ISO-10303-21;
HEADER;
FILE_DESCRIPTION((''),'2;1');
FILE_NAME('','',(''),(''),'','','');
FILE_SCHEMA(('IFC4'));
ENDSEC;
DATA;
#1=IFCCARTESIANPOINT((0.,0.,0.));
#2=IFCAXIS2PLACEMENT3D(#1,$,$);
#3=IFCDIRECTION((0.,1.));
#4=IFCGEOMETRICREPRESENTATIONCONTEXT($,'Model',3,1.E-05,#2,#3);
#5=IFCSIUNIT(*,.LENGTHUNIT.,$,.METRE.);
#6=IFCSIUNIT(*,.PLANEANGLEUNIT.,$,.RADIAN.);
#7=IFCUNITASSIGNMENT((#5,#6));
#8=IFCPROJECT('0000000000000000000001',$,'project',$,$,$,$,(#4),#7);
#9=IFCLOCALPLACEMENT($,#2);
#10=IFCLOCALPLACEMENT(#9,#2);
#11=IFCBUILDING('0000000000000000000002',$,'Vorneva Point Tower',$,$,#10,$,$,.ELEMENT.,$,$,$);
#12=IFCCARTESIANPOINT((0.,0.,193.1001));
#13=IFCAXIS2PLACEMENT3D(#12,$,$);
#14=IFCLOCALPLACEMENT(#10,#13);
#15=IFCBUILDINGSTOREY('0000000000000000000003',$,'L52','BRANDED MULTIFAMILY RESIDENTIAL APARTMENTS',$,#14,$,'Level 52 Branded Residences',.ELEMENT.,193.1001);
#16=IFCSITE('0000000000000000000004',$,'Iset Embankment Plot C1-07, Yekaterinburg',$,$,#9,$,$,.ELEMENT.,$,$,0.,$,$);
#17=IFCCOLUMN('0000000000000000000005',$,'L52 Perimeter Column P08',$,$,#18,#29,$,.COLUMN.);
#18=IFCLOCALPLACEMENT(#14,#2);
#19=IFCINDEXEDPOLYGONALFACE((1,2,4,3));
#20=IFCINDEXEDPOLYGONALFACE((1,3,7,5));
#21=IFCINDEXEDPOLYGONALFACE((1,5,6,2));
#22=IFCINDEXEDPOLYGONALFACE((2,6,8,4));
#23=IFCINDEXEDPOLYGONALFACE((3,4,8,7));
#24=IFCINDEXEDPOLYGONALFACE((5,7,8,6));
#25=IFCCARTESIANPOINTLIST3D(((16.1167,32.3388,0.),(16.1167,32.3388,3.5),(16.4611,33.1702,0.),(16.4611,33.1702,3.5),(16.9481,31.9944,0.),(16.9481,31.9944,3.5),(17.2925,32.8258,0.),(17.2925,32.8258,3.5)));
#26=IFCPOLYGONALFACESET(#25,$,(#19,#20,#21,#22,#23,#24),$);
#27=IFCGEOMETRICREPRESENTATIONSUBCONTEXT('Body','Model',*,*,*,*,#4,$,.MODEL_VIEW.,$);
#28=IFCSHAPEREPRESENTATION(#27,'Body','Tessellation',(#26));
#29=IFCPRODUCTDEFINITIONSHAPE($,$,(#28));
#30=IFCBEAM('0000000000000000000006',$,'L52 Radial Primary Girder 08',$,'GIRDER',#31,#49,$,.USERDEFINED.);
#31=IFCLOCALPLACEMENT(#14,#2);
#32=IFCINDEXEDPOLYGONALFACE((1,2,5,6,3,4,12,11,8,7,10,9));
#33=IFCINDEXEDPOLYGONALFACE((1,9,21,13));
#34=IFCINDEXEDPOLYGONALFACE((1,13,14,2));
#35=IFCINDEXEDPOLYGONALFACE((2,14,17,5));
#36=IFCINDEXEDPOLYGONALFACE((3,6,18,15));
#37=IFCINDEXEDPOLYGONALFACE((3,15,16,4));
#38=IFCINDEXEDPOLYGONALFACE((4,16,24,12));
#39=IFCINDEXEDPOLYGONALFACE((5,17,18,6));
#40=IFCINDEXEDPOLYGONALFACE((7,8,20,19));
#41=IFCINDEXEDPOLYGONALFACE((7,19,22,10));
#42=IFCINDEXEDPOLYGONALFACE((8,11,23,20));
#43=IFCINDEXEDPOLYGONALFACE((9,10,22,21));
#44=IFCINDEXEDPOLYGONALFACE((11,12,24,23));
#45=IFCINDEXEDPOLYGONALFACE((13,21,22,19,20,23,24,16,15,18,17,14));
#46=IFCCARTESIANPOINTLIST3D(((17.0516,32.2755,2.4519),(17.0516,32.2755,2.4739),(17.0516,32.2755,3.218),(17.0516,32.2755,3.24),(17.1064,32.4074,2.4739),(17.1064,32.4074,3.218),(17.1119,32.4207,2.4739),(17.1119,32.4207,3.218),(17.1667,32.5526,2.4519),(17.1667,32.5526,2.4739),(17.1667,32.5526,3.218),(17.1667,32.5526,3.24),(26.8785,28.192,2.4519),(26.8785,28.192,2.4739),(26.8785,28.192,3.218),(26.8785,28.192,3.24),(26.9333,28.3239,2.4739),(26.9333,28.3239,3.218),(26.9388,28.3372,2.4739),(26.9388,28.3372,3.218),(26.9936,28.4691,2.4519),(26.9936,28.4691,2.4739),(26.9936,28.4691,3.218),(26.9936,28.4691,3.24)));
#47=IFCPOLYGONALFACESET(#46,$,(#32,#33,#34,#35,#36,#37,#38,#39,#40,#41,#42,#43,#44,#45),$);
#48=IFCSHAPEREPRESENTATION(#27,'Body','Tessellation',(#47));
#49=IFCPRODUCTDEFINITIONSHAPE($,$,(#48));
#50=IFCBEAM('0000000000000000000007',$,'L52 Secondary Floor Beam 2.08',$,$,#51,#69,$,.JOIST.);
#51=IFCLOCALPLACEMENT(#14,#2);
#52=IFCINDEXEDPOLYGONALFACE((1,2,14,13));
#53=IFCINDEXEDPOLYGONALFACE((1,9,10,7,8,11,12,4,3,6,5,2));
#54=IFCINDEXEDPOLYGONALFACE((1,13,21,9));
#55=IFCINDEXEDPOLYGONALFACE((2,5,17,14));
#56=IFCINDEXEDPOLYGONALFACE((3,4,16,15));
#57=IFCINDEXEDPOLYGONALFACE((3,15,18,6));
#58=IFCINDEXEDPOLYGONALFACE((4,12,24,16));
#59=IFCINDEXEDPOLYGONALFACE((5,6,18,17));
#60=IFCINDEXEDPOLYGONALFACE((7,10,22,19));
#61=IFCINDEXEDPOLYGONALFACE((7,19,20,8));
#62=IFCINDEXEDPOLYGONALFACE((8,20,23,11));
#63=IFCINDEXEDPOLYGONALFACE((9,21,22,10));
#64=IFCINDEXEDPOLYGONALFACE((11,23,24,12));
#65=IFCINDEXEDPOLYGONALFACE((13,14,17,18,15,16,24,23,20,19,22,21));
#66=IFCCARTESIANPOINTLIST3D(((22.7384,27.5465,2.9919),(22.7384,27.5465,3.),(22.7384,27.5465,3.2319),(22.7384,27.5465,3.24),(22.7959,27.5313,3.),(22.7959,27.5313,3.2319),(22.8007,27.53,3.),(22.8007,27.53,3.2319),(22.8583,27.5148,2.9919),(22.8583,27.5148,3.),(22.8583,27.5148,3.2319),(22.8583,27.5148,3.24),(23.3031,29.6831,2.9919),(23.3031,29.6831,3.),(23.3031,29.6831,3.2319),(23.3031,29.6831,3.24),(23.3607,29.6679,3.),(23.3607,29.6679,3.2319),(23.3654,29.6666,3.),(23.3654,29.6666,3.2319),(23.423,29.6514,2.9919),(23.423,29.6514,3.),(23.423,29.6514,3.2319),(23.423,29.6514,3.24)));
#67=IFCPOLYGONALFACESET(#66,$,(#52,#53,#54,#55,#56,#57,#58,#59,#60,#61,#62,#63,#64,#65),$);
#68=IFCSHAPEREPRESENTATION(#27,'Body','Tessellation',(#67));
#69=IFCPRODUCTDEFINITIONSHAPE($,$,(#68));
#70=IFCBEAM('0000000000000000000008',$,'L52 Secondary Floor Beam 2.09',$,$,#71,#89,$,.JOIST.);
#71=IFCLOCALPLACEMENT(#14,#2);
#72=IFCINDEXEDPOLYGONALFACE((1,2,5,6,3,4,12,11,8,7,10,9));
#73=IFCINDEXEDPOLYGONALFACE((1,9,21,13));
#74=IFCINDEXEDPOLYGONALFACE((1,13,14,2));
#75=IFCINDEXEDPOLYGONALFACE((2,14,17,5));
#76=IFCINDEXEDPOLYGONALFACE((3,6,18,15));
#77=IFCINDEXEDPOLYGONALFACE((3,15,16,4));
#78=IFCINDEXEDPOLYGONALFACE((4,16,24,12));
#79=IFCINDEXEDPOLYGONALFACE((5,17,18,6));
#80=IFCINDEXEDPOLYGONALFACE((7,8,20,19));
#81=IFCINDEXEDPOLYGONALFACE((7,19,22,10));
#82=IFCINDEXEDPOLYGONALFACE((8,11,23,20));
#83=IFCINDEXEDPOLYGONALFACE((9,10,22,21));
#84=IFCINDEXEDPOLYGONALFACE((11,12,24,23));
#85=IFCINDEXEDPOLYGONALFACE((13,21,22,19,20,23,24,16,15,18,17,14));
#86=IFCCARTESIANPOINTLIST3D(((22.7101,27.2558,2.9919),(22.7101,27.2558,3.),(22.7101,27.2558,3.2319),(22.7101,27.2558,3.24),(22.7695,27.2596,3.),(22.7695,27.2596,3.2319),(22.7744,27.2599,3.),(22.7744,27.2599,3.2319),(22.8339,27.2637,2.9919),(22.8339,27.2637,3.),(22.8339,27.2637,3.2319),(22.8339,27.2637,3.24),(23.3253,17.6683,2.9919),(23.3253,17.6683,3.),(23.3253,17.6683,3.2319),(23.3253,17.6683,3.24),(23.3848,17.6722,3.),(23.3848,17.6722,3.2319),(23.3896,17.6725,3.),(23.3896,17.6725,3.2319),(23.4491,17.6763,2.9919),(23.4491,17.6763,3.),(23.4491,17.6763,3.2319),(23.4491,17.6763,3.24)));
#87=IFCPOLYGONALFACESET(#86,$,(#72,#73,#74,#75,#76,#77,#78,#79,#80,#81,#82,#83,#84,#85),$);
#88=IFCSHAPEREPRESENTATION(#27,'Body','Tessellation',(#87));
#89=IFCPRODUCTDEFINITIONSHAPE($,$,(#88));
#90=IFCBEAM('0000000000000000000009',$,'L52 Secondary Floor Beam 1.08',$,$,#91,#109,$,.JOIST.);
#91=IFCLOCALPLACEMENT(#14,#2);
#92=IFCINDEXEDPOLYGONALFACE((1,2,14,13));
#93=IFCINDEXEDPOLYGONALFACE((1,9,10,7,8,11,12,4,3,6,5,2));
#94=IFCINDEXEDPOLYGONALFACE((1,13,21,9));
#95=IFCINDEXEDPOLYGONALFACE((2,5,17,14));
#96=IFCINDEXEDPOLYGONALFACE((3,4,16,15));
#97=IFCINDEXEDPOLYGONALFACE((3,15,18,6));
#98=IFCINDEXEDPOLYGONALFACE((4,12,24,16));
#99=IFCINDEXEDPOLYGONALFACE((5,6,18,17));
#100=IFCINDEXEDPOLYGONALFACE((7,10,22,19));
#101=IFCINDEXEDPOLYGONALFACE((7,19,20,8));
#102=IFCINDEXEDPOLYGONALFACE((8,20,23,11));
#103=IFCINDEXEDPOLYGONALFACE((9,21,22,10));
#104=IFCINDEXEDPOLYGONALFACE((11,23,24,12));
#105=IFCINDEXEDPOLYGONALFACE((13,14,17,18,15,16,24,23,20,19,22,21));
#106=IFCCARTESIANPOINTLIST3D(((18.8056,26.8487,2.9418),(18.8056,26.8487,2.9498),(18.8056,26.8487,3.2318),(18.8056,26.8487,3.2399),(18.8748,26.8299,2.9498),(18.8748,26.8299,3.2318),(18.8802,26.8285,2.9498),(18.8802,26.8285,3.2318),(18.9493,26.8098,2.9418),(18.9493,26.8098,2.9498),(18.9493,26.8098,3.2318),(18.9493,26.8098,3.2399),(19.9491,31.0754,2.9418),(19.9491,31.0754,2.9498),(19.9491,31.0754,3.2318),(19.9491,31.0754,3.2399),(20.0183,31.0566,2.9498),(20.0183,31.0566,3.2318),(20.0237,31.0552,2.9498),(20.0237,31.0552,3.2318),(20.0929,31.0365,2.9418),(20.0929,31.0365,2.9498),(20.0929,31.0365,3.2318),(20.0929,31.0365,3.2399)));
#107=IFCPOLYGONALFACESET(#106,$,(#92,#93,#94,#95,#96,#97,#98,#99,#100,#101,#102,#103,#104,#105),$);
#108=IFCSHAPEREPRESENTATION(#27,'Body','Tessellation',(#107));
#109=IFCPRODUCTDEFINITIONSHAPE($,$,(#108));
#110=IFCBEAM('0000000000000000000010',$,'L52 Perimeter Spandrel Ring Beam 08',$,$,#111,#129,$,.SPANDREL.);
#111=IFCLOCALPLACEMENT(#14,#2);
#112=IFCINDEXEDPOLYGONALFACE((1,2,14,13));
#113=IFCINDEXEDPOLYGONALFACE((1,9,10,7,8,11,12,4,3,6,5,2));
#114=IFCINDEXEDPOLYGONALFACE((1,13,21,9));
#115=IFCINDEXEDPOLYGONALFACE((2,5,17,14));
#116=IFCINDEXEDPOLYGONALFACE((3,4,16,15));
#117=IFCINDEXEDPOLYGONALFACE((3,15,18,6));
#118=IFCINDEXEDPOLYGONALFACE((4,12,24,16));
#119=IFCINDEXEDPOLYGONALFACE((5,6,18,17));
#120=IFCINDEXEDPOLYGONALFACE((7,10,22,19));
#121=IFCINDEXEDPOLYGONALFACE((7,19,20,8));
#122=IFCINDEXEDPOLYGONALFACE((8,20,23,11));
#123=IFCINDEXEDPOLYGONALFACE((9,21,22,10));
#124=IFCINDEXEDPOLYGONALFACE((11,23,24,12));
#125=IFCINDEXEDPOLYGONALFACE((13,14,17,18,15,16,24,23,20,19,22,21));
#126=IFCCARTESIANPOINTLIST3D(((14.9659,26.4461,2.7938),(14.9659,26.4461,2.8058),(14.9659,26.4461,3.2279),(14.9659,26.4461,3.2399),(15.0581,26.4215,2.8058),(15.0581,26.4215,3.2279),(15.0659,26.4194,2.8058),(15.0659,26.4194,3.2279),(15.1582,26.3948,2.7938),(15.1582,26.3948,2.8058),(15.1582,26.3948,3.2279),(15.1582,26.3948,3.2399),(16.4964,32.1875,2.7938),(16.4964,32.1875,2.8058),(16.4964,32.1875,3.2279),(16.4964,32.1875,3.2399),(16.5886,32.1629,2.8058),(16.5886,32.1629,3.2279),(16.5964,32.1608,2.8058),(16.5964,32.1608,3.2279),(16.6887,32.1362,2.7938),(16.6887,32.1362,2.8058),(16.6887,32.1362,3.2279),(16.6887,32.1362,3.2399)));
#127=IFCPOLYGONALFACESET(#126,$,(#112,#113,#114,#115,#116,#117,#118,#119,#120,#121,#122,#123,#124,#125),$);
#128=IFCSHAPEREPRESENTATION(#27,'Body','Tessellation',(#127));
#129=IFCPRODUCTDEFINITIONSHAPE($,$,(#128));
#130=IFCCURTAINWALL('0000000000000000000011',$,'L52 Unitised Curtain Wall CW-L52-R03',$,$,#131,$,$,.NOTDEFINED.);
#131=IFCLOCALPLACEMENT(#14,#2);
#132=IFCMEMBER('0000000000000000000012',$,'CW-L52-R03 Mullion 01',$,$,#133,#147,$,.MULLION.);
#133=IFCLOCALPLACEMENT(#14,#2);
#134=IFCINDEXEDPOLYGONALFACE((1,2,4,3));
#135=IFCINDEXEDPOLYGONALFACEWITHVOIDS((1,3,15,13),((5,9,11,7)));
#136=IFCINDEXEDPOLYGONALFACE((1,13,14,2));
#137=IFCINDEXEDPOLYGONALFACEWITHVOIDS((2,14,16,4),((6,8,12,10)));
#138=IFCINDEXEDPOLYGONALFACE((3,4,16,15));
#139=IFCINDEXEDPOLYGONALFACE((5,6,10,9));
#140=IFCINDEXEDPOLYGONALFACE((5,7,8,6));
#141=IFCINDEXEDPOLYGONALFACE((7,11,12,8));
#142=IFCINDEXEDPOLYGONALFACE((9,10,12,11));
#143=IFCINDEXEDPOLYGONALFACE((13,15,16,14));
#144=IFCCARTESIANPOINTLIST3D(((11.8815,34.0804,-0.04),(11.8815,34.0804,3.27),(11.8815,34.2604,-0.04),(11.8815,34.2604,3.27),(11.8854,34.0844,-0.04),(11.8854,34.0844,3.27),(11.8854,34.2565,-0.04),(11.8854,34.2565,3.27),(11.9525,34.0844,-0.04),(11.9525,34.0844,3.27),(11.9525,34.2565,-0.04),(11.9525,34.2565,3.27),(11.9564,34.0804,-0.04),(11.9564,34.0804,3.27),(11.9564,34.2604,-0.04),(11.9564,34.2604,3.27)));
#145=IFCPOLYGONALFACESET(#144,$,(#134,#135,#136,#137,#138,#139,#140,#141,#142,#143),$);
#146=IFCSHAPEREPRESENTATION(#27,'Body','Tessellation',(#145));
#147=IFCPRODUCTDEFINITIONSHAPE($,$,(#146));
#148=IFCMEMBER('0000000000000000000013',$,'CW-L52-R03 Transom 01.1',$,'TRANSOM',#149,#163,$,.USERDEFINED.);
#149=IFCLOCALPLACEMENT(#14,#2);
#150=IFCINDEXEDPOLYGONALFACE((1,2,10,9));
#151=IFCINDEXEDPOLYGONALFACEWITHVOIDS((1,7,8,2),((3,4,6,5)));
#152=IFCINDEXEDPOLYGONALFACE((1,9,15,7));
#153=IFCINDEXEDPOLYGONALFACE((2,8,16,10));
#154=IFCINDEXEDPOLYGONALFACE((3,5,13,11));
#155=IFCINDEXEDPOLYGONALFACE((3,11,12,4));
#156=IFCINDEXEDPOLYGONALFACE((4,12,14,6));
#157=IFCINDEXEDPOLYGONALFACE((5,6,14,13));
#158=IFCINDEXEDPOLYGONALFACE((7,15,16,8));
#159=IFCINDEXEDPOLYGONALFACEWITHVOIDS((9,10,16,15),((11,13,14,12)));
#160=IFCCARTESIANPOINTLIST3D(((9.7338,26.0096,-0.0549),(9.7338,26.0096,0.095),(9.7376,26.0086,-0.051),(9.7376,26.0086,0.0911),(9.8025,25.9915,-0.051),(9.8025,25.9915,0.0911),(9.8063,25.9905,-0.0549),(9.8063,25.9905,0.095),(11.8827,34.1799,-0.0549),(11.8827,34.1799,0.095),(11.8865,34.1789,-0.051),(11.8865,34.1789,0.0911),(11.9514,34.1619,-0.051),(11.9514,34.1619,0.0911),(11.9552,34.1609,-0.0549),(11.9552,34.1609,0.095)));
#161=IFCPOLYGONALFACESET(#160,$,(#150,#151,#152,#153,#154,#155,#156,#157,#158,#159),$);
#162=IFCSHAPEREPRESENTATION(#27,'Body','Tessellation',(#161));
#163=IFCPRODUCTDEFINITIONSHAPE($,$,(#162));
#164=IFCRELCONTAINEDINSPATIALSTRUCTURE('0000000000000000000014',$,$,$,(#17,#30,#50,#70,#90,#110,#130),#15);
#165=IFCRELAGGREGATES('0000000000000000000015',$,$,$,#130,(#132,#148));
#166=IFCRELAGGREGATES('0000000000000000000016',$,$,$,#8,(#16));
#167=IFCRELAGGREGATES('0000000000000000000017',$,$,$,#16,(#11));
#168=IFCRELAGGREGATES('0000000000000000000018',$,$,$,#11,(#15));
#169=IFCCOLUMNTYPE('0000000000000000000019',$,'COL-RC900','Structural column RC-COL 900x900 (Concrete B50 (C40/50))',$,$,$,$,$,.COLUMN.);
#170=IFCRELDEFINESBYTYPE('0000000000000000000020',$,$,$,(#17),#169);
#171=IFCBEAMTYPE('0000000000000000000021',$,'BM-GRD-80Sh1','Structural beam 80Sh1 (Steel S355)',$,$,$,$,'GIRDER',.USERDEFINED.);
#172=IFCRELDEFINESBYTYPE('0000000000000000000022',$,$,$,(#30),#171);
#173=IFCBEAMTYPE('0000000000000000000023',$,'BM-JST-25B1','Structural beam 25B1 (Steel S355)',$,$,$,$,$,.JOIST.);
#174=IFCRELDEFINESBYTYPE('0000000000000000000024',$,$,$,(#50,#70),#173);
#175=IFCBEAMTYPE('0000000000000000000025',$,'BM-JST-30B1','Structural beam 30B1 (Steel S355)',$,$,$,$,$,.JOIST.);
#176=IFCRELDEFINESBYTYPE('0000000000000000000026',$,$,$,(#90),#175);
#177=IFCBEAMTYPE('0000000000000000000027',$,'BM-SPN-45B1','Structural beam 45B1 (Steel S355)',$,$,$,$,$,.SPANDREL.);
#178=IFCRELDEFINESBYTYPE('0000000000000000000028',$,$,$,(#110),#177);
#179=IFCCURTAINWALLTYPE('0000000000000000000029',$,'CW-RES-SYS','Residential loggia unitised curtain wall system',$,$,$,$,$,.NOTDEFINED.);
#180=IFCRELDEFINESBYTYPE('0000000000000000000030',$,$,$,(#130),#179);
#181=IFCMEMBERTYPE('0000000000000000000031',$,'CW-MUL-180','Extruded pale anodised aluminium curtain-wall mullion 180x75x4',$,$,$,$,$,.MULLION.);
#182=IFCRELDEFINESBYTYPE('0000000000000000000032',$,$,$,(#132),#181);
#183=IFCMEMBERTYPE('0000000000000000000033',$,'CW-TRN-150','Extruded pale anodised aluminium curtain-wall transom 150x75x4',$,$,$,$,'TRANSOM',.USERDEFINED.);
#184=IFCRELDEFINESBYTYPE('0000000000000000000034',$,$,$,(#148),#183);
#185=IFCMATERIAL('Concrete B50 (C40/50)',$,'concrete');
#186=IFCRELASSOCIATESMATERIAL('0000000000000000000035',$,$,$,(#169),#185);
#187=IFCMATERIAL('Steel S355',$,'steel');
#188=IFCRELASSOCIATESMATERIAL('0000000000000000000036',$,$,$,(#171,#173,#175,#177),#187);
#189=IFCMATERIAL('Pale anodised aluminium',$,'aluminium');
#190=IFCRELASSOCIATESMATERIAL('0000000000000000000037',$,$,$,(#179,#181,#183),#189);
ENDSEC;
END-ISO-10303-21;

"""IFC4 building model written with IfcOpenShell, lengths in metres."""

from ifc_helpers import new_model, si_unit, direction, frame, origin, origin_2d, place, context, subcontext, project, spatial, rectangle, hollow_rectangle, i_section, extrude, material, material_profile, profile_set, type_object, element, aggregate, save


model = new_model("IFC4")

# Units and contexts
model_context = context("Model", 3, precision=1e-05, world=origin(), true_north=direction((0.0, 1.0)))
body_context = subcontext(model_context, "Body", "Model", "MODEL_VIEW")
ifc_project = project(units=[si_unit("LENGTHUNIT", "METRE"), si_unit("PLANEANGLEUNIT", "RADIAN")], contexts=[model_context])

# Site, building, storey
site_placement = place(None, origin())
site = spatial("IfcSite", under=ifc_project, at=site_placement, Name="Iset Embankment Plot C1-07, Yekaterinburg", CompositionType="ELEMENT", RefElevation=0.0)
building_placement = place(site_placement, origin())
building = spatial("IfcBuilding", under=site, at=building_placement, Name="Vorneva Point Tower", CompositionType="ELEMENT")
storey_placement = place(building_placement, frame((0.0, 0.0, 193.1001)))
storey = spatial("IfcBuildingStorey", under=building, at=storey_placement, Name="L52", Description="BRANDED MULTIFAMILY RESIDENTIAL APARTMENTS", LongName="Level 52 Branded Residences", CompositionType="ELEMENT", Elevation=193.1001)

# Column
ifc_material_1 = material(Name="Concrete B50 (C40/50)", Category="concrete")
ifc_material_profile_1 = material_profile(ifc_material_1, rectangle(XDim=0.8999, YDim=0.8999, at=origin_2d()), Name="RC-COL 900x900")
ifc_profile_set_1 = profile_set([ifc_material_profile_1], Name="Concrete B50 (C40/50)")
column_type = type_object("IfcColumnType", Name="COL-RC900", Description="Structural column RC-COL 900x900 (Concrete B50 (C40/50))", PredefinedType="COLUMN", material=ifc_profile_set_1)
column_placement = place(storey_placement, frame((16.7046, 32.5823, 0.0), z_axis=(0.0, 0.0, 1.0), x_axis=(-0.92388, 0.382683, 0.0)))
element("IfcColumn", 1, at=column_placement, inside=storey, type_object=column_type, Name="L52 Perimeter Column P08", PredefinedType="COLUMN", context=body_context, shape_type="SweptSolid", body=[
    extrude(rectangle(XDim=0.8999, YDim=0.8999, at=origin_2d()), origin(), (0.0, 0.0, 1.0), 3.5),
])

# Beams
ifc_material_2 = material(Name="Steel S355", Category="steel")
ifc_material_profile_2 = material_profile(ifc_material_2, i_section(OverallWidth=0.3, OverallDepth=0.7881, WebThickness=0.0144, FlangeThickness=0.022, at=origin_2d()), Name="80Sh1")
ifc_profile_set_2 = profile_set([ifc_material_profile_2], Name="Steel S355")
beam_type_1 = type_object("IfcBeamType", Name="BM-GRD-80Sh1", Description="Structural beam 80Sh1 (Steel S355)", ElementType="GIRDER", PredefinedType="USERDEFINED", material=ifc_profile_set_2)
beam_1_placement = place(storey_placement, frame((17.1091, 32.4141, 2.8459), z_axis=(0.923445, -0.383731, 0.0), x_axis=(0.383731, 0.923445, 0.0)))
element("IfcBeam", 2, at=beam_1_placement, inside=storey, type_object=beam_type_1, Name="L52 Radial Primary Girder 08", ObjectType="GIRDER", PredefinedType="USERDEFINED", context=body_context, shape_type="SweptSolid", body=[
    extrude(i_section(OverallWidth=0.3, OverallDepth=0.7881, WebThickness=0.0144, FlangeThickness=0.022, at=origin_2d()), origin(), (0.0, 0.0, 1.0), 10.6416),
])
ifc_material_profile_3 = material_profile(ifc_material_2, i_section(OverallWidth=0.124, OverallDepth=0.248, WebThickness=0.0049, FlangeThickness=0.0081, at=origin_2d()), Name="25B1")
ifc_profile_set_3 = profile_set([ifc_material_profile_3], Name="Steel S355")
beam_type_2 = type_object("IfcBeamType", Name="BM-JST-25B1", Description="Structural beam 25B1 (Steel S355)", PredefinedType="JOIST", material=ifc_profile_set_3)
beam_2_placement = place(storey_placement, frame((23.363, 29.6672, 3.116), z_axis=(-0.255537, -0.966799, 0.0), x_axis=(0.966799, -0.255537, 0.0)))
element("IfcBeam", 3, at=beam_2_placement, inside=storey, type_object=beam_type_2, Name="L52 Secondary Floor Beam 2.08", PredefinedType="JOIST", context=body_context, shape_type="SweptSolid", body=[
    extrude(i_section(OverallWidth=0.124, OverallDepth=0.248, WebThickness=0.0049, FlangeThickness=0.0081, at=origin_2d()), origin(), (0.0, 0.0, 1.0), 2.21),
])
beam_3_placement = place(storey_placement, frame((22.772, 27.2598, 3.116), z_axis=(0.064039, -0.997947, 0.0), x_axis=(0.997947, 0.064039, 0.0)))
element("IfcBeam", 4, at=beam_3_placement, inside=storey, type_object=beam_type_2, Name="L52 Secondary Floor Beam 2.09", PredefinedType="JOIST", context=body_context, shape_type="SweptSolid", body=[
    extrude(i_section(OverallWidth=0.124, OverallDepth=0.248, WebThickness=0.0049, FlangeThickness=0.0081, at=origin_2d()), origin(), (0.0, 0.0, 1.0), 9.6072),
])
ifc_material_profile_4 = material_profile(ifc_material_2, i_section(OverallWidth=0.1489, OverallDepth=0.2981, WebThickness=0.0056, FlangeThickness=0.0081, at=origin_2d()), Name="30B1")
ifc_profile_set_4 = profile_set([ifc_material_profile_4], Name="Steel S355")
beam_type_3 = type_object("IfcBeamType", Name="BM-JST-30B1", Description="Structural beam 30B1 (Steel S355)", PredefinedType="JOIST", material=ifc_profile_set_4)
beam_4_placement = place(storey_placement, frame((20.021, 31.0559, 3.0908), z_axis=(-0.261159, -0.965296, 0.0), x_axis=(0.965296, -0.261159, 0.0)))
element("IfcBeam", 5, at=beam_4_placement, inside=storey, type_object=beam_type_3, Name="L52 Secondary Floor Beam 1.08", PredefinedType="JOIST", context=body_context, shape_type="SweptSolid", body=[
    extrude(i_section(OverallWidth=0.1489, OverallDepth=0.2981, WebThickness=0.0056, FlangeThickness=0.0081, at=origin_2d()), origin(), (0.0, 0.0, 1.0), 4.3787),
])
ifc_material_profile_5 = material_profile(ifc_material_2, i_section(OverallWidth=0.199, OverallDepth=0.446, WebThickness=0.0081, FlangeThickness=0.012, at=origin_2d()), Name="45B1")
ifc_profile_set_5 = profile_set([ifc_material_profile_5], Name="Steel S355")
beam_type_4 = type_object("IfcBeamType", Name="BM-SPN-45B1", Description="Structural beam 45B1 (Steel S355)", PredefinedType="SPANDREL", material=ifc_profile_set_5)
beam_5_placement = place(storey_placement, frame((16.5925, 32.1619, 3.0168), z_axis=(-0.257578, -0.966257, 0.0), x_axis=(0.966257, -0.257578, 0.0)))
element("IfcBeam", 6, at=beam_5_placement, inside=storey, type_object=beam_type_4, Name="L52 Perimeter Spandrel Ring Beam 08", PredefinedType="SPANDREL", context=body_context, shape_type="SweptSolid", body=[
    extrude(i_section(OverallWidth=0.199, OverallDepth=0.446, WebThickness=0.0081, FlangeThickness=0.012, at=origin_2d()), origin(), (0.0, 0.0, 1.0), 5.9419),
])

# Curtain wall, members
ifc_material_3 = material(Name="Pale anodised aluminium", Category="aluminium")
curtain_wall_type = type_object("IfcCurtainWallType", Name="CW-RES-SYS", Description="Residential loggia unitised curtain wall system", PredefinedType="NOTDEFINED", material=ifc_material_3)
curtain_wall_placement = place(storey_placement, origin())
curtain_wall = element("IfcCurtainWall", 7, at=curtain_wall_placement, inside=storey, type_object=curtain_wall_type, Name="L52 Unitised Curtain Wall CW-L52-R03", PredefinedType="NOTDEFINED")
ifc_material_profile_6 = material_profile(ifc_material_3, hollow_rectangle(XDim=0.075, YDim=0.1799, WallThickness=0.0039, at=origin_2d()), Name="AL-MUL 180x75x4")
ifc_profile_set_6 = profile_set([ifc_material_profile_6], Name="Pale anodised aluminium")
member_type_1 = type_object("IfcMemberType", Name="CW-MUL-180", Description="Extruded pale anodised aluminium curtain-wall mullion 180x75x4", PredefinedType="MULLION", material=ifc_profile_set_6)
member_1_placement = place(storey_placement, frame((11.9189, 34.1704, -0.04), z_axis=(0.0, 0.0, 1.0), x_axis=(1.0, 0.0, 0.0)))
member_1 = element("IfcMember", 8, at=member_1_placement, type_object=member_type_1, Name="CW-L52-R03 Mullion 01", PredefinedType="MULLION", context=body_context, shape_type="SweptSolid", body=[
    extrude(hollow_rectangle(XDim=0.075, YDim=0.1799, WallThickness=0.0039, at=origin_2d()), origin(), (0.0, 0.0, 1.0), 3.3101),
])
ifc_material_profile_7 = material_profile(ifc_material_3, hollow_rectangle(XDim=0.075, YDim=0.1499, WallThickness=0.0039, at=origin_2d()), Name="AL-TRN 150x75x4")
ifc_profile_set_7 = profile_set([ifc_material_profile_7], Name="Pale anodised aluminium")
member_type_2 = type_object("IfcMemberType", Name="CW-TRN-150", Description="Extruded pale anodised aluminium curtain-wall transom 150x75x4", ElementType="TRANSOM", PredefinedType="USERDEFINED", material=ifc_profile_set_7)
member_2_placement = place(storey_placement, frame((11.9189, 34.1704, 0.02), z_axis=(-0.254362, -0.967109, 0.0), x_axis=(0.967109, -0.254362, 0.0)))
member_2 = element("IfcMember", 9, at=member_2_placement, type_object=member_type_2, Name="CW-L52-R03 Transom 01.1", ObjectType="TRANSOM", PredefinedType="USERDEFINED", context=body_context, shape_type="SweptSolid", body=[
    extrude(hollow_rectangle(XDim=0.075, YDim=0.1499, WallThickness=0.0039, at=origin_2d()), origin(), (0.0, 0.0, 1.0), 8.4482),
])
aggregate(curtain_wall, [member_1, member_2])

save(model, "model.ifc")
